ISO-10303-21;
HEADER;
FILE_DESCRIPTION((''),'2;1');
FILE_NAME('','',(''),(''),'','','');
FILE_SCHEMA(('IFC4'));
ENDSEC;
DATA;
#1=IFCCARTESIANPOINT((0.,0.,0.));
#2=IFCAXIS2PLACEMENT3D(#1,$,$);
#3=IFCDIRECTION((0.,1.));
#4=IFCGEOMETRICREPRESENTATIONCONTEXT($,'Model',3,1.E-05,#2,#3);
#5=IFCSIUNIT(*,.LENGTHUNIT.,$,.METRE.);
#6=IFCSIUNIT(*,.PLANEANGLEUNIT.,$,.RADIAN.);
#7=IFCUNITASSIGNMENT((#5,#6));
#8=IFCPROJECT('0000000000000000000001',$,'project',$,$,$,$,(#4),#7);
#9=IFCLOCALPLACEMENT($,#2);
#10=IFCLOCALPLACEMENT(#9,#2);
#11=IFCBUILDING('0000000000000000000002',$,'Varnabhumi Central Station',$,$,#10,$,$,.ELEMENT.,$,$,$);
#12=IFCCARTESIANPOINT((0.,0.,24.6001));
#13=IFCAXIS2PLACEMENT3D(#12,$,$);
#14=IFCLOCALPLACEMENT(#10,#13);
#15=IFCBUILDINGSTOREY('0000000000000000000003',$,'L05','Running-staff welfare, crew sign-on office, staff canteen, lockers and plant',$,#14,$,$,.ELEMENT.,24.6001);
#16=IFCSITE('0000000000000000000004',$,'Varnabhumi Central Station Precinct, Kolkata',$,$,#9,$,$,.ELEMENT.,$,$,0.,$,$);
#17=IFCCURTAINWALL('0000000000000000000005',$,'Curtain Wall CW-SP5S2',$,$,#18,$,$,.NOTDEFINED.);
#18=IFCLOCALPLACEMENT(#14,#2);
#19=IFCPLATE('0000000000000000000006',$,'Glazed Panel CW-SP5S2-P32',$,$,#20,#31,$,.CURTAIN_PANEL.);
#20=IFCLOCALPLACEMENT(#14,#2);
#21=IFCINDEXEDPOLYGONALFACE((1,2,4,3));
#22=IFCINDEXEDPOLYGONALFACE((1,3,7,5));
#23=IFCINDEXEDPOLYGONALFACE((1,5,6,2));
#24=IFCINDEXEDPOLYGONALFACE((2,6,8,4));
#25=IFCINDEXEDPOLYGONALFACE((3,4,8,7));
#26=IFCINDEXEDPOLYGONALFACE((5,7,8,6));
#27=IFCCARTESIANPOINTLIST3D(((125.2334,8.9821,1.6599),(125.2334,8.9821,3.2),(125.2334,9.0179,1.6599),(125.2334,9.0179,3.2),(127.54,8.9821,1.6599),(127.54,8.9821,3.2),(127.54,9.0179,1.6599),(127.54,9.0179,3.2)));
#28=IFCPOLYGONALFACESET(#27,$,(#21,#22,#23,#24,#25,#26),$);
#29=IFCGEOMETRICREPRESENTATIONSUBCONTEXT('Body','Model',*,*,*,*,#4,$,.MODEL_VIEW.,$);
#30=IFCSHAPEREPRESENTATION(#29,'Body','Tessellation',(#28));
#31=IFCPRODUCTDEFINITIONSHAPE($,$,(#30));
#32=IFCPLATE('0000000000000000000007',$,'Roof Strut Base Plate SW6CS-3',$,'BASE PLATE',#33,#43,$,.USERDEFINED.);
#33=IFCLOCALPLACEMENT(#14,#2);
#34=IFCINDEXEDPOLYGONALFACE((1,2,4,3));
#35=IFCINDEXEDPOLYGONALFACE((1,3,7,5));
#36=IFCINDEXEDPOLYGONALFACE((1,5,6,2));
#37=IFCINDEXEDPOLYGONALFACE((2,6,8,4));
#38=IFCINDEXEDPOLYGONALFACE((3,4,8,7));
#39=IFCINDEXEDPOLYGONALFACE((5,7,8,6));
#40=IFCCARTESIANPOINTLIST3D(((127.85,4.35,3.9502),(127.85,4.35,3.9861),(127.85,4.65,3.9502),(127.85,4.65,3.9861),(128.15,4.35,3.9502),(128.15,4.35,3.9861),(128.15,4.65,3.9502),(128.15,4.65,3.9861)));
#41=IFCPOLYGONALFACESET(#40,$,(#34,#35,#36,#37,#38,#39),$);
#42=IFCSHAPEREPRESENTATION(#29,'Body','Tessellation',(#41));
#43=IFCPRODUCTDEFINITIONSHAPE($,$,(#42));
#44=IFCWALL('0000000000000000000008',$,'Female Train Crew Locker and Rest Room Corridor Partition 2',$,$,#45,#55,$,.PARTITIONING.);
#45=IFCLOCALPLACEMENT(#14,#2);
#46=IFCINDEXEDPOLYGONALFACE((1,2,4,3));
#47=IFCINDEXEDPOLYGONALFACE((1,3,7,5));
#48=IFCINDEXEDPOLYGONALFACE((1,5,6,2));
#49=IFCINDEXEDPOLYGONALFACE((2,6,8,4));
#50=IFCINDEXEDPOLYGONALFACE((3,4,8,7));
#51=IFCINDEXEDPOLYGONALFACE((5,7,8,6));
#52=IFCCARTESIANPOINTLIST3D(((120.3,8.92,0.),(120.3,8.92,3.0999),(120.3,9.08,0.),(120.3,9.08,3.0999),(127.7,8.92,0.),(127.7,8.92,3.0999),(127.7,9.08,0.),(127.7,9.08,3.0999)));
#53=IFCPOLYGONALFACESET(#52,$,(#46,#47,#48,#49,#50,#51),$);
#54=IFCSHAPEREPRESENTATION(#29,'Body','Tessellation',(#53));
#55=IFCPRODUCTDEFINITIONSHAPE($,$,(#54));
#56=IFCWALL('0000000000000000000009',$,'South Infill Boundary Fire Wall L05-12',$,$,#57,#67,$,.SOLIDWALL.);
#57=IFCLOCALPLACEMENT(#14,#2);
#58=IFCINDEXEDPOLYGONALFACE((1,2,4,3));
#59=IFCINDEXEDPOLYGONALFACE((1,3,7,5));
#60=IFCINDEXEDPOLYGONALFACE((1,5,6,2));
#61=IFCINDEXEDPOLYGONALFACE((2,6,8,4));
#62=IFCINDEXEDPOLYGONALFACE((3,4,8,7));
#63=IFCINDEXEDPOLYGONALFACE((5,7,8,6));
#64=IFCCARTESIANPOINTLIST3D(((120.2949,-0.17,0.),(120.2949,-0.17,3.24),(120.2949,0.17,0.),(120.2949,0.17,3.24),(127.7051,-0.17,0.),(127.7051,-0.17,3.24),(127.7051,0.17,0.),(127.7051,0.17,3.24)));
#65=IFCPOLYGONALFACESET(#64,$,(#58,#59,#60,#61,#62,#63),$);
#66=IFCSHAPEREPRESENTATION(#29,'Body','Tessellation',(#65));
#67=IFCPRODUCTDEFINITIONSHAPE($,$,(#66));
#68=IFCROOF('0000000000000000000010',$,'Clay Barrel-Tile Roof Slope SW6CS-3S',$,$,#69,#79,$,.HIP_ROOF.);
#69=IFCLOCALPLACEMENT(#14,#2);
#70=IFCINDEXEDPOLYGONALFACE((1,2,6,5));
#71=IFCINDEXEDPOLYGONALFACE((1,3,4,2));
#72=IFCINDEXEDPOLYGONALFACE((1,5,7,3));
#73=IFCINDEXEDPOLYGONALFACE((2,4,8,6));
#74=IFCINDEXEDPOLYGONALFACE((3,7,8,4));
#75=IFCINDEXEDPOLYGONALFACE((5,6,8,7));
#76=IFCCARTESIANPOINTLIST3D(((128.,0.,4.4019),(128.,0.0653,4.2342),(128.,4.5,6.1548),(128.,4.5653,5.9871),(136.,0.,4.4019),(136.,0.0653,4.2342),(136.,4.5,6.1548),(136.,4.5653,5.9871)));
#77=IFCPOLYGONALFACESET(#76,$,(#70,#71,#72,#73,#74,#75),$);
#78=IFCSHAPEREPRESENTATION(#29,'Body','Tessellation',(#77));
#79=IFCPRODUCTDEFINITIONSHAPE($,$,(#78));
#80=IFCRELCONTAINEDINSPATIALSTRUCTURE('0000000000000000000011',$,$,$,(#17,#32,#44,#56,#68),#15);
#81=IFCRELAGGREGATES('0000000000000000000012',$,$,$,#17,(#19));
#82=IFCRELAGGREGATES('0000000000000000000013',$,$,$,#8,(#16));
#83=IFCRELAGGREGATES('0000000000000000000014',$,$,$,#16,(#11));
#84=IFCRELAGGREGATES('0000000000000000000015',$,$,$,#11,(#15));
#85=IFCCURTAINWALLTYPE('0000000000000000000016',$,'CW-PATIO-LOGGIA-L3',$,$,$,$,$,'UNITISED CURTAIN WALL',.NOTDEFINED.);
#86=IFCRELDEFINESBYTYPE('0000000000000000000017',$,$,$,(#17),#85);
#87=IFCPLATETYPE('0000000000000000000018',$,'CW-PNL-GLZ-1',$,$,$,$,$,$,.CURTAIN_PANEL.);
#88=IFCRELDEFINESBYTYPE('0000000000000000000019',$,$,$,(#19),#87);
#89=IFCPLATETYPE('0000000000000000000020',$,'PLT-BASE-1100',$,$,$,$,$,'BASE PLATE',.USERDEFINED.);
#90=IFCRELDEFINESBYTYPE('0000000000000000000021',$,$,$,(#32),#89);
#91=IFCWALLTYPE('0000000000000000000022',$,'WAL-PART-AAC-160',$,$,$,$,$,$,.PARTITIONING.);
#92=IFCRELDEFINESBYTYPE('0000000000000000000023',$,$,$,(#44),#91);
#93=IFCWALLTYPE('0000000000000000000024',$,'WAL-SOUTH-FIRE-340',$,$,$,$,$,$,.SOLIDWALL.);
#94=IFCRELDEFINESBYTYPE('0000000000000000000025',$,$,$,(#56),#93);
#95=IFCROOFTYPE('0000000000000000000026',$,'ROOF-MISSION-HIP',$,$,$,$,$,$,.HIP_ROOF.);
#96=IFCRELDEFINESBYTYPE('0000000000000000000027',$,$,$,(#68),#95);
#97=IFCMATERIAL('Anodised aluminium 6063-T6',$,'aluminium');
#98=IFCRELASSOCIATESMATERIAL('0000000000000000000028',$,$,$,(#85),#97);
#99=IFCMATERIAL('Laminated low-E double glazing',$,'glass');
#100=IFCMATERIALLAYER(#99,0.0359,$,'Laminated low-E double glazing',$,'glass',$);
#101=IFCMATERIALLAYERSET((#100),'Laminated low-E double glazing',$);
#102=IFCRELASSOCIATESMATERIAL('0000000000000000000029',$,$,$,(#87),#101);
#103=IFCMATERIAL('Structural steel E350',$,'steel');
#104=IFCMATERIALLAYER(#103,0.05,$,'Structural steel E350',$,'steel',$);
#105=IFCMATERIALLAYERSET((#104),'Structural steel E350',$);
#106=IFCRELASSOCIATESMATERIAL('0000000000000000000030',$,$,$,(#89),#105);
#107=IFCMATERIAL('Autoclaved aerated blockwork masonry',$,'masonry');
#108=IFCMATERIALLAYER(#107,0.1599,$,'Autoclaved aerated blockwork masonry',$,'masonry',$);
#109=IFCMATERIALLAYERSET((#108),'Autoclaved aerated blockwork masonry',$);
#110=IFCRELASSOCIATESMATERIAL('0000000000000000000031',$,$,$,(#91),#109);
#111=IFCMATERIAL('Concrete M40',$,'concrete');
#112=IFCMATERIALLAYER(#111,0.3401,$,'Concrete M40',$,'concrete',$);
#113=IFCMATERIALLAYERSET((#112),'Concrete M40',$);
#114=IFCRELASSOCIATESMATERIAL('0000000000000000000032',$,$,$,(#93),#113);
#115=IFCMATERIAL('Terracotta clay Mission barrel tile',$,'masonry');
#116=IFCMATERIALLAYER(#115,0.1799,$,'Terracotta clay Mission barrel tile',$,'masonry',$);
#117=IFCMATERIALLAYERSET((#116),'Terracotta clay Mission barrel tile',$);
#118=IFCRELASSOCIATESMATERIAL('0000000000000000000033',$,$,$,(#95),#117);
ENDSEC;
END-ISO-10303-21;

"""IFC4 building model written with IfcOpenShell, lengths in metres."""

from ifc_helpers import new_model, si_unit, direction, frame, frame_2d, origin, origin_2d, place, context, subcontext, project, spatial, polyline, rectangle, outline, extrude, material, layer, layer_set, type_object, element, aggregate, save


model = new_model("IFC4")

# Units and contexts
model_context = context("Model", 3, precision=1e-05, world=origin(), true_north=direction((0.0, 1.0)))
body_context = subcontext(model_context, "Body", "Model", "MODEL_VIEW")
ifc_project = project(units=[si_unit("LENGTHUNIT", "METRE"), si_unit("PLANEANGLEUNIT", "RADIAN")], contexts=[model_context])

# Site, building, storey
site_placement = place(None, origin())
site = spatial("IfcSite", under=ifc_project, at=site_placement, Name="Varnabhumi Central Station Precinct, Kolkata", CompositionType="ELEMENT", RefElevation=0.0)
building_placement = place(site_placement, origin())
building = spatial("IfcBuilding", under=site, at=building_placement, Name="Varnabhumi Central Station", CompositionType="ELEMENT")
storey_placement = place(building_placement, frame((0.0, 0.0, 24.6001)))
storey = spatial("IfcBuildingStorey", under=building, at=storey_placement, Name="L05", Description="Running-staff welfare, crew sign-on office, staff canteen, lockers and plant", CompositionType="ELEMENT", Elevation=24.6001)

# Shared definitions
ifc_material_1 = material(Name="Concrete M40", Category="concrete")

# Shared definitions
ifc_material_2 = material(Name="Structural steel E350", Category="steel")

# Curtain wall
ifc_material_3 = material(Name="Anodised aluminium 6063-T6", Category="aluminium")
curtain_wall_type = type_object("IfcCurtainWallType", Name="CW-PATIO-LOGGIA-L3", ElementType="UNITISED CURTAIN WALL", PredefinedType="NOTDEFINED", material=ifc_material_3)
curtain_wall_placement = place(storey_placement, origin())
curtain_wall = element("IfcCurtainWall", 1, at=curtain_wall_placement, inside=storey, type_object=curtain_wall_type, Name="Curtain Wall CW-SP5S2", PredefinedType="NOTDEFINED")

# Plates
ifc_material_4 = material(Name="Laminated low-E double glazing", Category="glass")
ifc_layer_1 = layer(ifc_material_4, 0.0359, Name="Laminated low-E double glazing", Category="glass")
ifc_layer_set_1 = layer_set([ifc_layer_1], Name="Laminated low-E double glazing")
plate_type_1 = type_object("IfcPlateType", Name="CW-PNL-GLZ-1", PredefinedType="CURTAIN_PANEL", material=ifc_layer_set_1)
plate_1_placement = place(storey_placement, frame((126.3867, 9.0, 1.6599), z_axis=(0.0, 0.0, 1.0), x_axis=(1.0, 0.0, 0.0)))
plate_1 = element("IfcPlate", 2, at=plate_1_placement, type_object=plate_type_1, Name="Glazed Panel CW-SP5S2-P32", PredefinedType="CURTAIN_PANEL", context=body_context, shape_type="SweptSolid", body=[
    extrude(rectangle(XDim=2.3066, YDim=0.0359, at=origin_2d()), origin(), (0.0, 0.0, 1.0), 1.54),
])
aggregate(curtain_wall, [plate_1])
ifc_layer_2 = layer(ifc_material_2, 0.05, Name="Structural steel E350", Category="steel")
ifc_layer_set_2 = layer_set([ifc_layer_2], Name="Structural steel E350")
plate_type_2 = type_object("IfcPlateType", Name="PLT-BASE-1100", ElementType="BASE PLATE", PredefinedType="USERDEFINED", material=ifc_layer_set_2)
plate_2_placement = place(storey_placement, frame((128.0, 4.5, 3.9502), z_axis=(0.0, 0.0, 1.0), x_axis=(1.0, 0.0, 0.0)))
element("IfcPlate", 3, at=plate_2_placement, inside=storey, type_object=plate_type_2, Name="Roof Strut Base Plate SW6CS-3", ObjectType="BASE PLATE", PredefinedType="USERDEFINED", context=body_context, shape_type="SweptSolid", body=[
    extrude(rectangle(XDim=0.3, YDim=0.3, at=origin_2d()), origin(), (0.0, 0.0, 1.0), 0.0359),
])

# Walls
ifc_material_5 = material(Name="Autoclaved aerated blockwork masonry", Category="masonry")
ifc_layer_3 = layer(ifc_material_5, 0.1599, Name="Autoclaved aerated blockwork masonry", Category="masonry")
ifc_layer_set_3 = layer_set([ifc_layer_3], Name="Autoclaved aerated blockwork masonry")
wall_type_1 = type_object("IfcWallType", Name="WAL-PART-AAC-160", PredefinedType="PARTITIONING", material=ifc_layer_set_3)
wall_1_placement = place(storey_placement, frame((120.3, 9.0, 0.0), z_axis=(0.0, 0.0, 1.0), x_axis=(1.0, 0.0, 0.0)))
element("IfcWall", 4, at=wall_1_placement, inside=storey, type_object=wall_type_1, Name="Female Train Crew Locker and Rest Room Corridor Partition 2", PredefinedType="PARTITIONING", context=body_context, shape_type="SweptSolid", body=[
    extrude(rectangle(XDim=7.3999, YDim=0.1599, at=frame_2d((3.7, 0.0))), origin(), (0.0, 0.0, 1.0), 3.0999),
])
ifc_layer_4 = layer(ifc_material_1, 0.3401, Name="Concrete M40", Category="concrete")
ifc_layer_set_4 = layer_set([ifc_layer_4], Name="Concrete M40")
wall_type_2 = type_object("IfcWallType", Name="WAL-SOUTH-FIRE-340", PredefinedType="SOLIDWALL", material=ifc_layer_set_4)
wall_2_placement = place(storey_placement, frame((120.2949, 0.0, 0.0), z_axis=(0.0, 0.0, 1.0), x_axis=(1.0, 0.0, 0.0)))
element("IfcWall", 5, at=wall_2_placement, inside=storey, type_object=wall_type_2, Name="South Infill Boundary Fire Wall L05-12", PredefinedType="SOLIDWALL", context=body_context, shape_type="SweptSolid", body=[
    extrude(rectangle(XDim=7.4102, YDim=0.3401, at=frame_2d((3.7051, 0.0))), origin(), (0.0, 0.0, 1.0), 3.24),
])

# Roof
ifc_material_6 = material(Name="Terracotta clay Mission barrel tile", Category="masonry")
ifc_layer_5 = layer(ifc_material_6, 0.1799, Name="Terracotta clay Mission barrel tile", Category="masonry")
ifc_layer_set_5 = layer_set([ifc_layer_5], Name="Terracotta clay Mission barrel tile")
roof_type = type_object("IfcRoofType", Name="ROOF-MISSION-HIP", PredefinedType="HIP_ROOF", material=ifc_layer_set_5)
roof_placement = place(storey_placement, frame((128.0, 0.0, 4.4019), z_axis=(0.0, -0.362973, 0.9318), x_axis=(1.0, 0.0, 0.0)))
element("IfcRoof", 6, at=roof_placement, inside=storey, type_object=roof_type, Name="Clay Barrel-Tile Roof Slope SW6CS-3S", PredefinedType="HIP_ROOF", context=body_context, shape_type="SweptSolid", body=[
    extrude(outline(polyline([(0.0, 0.0), (8.0, 0.0), (8.0, 4.8294), (0.0, 4.8294), (0.0, 0.0)])), origin(), (0.0, 0.0, -1.0), 0.1799),
])

save(model, "model.ifc")
